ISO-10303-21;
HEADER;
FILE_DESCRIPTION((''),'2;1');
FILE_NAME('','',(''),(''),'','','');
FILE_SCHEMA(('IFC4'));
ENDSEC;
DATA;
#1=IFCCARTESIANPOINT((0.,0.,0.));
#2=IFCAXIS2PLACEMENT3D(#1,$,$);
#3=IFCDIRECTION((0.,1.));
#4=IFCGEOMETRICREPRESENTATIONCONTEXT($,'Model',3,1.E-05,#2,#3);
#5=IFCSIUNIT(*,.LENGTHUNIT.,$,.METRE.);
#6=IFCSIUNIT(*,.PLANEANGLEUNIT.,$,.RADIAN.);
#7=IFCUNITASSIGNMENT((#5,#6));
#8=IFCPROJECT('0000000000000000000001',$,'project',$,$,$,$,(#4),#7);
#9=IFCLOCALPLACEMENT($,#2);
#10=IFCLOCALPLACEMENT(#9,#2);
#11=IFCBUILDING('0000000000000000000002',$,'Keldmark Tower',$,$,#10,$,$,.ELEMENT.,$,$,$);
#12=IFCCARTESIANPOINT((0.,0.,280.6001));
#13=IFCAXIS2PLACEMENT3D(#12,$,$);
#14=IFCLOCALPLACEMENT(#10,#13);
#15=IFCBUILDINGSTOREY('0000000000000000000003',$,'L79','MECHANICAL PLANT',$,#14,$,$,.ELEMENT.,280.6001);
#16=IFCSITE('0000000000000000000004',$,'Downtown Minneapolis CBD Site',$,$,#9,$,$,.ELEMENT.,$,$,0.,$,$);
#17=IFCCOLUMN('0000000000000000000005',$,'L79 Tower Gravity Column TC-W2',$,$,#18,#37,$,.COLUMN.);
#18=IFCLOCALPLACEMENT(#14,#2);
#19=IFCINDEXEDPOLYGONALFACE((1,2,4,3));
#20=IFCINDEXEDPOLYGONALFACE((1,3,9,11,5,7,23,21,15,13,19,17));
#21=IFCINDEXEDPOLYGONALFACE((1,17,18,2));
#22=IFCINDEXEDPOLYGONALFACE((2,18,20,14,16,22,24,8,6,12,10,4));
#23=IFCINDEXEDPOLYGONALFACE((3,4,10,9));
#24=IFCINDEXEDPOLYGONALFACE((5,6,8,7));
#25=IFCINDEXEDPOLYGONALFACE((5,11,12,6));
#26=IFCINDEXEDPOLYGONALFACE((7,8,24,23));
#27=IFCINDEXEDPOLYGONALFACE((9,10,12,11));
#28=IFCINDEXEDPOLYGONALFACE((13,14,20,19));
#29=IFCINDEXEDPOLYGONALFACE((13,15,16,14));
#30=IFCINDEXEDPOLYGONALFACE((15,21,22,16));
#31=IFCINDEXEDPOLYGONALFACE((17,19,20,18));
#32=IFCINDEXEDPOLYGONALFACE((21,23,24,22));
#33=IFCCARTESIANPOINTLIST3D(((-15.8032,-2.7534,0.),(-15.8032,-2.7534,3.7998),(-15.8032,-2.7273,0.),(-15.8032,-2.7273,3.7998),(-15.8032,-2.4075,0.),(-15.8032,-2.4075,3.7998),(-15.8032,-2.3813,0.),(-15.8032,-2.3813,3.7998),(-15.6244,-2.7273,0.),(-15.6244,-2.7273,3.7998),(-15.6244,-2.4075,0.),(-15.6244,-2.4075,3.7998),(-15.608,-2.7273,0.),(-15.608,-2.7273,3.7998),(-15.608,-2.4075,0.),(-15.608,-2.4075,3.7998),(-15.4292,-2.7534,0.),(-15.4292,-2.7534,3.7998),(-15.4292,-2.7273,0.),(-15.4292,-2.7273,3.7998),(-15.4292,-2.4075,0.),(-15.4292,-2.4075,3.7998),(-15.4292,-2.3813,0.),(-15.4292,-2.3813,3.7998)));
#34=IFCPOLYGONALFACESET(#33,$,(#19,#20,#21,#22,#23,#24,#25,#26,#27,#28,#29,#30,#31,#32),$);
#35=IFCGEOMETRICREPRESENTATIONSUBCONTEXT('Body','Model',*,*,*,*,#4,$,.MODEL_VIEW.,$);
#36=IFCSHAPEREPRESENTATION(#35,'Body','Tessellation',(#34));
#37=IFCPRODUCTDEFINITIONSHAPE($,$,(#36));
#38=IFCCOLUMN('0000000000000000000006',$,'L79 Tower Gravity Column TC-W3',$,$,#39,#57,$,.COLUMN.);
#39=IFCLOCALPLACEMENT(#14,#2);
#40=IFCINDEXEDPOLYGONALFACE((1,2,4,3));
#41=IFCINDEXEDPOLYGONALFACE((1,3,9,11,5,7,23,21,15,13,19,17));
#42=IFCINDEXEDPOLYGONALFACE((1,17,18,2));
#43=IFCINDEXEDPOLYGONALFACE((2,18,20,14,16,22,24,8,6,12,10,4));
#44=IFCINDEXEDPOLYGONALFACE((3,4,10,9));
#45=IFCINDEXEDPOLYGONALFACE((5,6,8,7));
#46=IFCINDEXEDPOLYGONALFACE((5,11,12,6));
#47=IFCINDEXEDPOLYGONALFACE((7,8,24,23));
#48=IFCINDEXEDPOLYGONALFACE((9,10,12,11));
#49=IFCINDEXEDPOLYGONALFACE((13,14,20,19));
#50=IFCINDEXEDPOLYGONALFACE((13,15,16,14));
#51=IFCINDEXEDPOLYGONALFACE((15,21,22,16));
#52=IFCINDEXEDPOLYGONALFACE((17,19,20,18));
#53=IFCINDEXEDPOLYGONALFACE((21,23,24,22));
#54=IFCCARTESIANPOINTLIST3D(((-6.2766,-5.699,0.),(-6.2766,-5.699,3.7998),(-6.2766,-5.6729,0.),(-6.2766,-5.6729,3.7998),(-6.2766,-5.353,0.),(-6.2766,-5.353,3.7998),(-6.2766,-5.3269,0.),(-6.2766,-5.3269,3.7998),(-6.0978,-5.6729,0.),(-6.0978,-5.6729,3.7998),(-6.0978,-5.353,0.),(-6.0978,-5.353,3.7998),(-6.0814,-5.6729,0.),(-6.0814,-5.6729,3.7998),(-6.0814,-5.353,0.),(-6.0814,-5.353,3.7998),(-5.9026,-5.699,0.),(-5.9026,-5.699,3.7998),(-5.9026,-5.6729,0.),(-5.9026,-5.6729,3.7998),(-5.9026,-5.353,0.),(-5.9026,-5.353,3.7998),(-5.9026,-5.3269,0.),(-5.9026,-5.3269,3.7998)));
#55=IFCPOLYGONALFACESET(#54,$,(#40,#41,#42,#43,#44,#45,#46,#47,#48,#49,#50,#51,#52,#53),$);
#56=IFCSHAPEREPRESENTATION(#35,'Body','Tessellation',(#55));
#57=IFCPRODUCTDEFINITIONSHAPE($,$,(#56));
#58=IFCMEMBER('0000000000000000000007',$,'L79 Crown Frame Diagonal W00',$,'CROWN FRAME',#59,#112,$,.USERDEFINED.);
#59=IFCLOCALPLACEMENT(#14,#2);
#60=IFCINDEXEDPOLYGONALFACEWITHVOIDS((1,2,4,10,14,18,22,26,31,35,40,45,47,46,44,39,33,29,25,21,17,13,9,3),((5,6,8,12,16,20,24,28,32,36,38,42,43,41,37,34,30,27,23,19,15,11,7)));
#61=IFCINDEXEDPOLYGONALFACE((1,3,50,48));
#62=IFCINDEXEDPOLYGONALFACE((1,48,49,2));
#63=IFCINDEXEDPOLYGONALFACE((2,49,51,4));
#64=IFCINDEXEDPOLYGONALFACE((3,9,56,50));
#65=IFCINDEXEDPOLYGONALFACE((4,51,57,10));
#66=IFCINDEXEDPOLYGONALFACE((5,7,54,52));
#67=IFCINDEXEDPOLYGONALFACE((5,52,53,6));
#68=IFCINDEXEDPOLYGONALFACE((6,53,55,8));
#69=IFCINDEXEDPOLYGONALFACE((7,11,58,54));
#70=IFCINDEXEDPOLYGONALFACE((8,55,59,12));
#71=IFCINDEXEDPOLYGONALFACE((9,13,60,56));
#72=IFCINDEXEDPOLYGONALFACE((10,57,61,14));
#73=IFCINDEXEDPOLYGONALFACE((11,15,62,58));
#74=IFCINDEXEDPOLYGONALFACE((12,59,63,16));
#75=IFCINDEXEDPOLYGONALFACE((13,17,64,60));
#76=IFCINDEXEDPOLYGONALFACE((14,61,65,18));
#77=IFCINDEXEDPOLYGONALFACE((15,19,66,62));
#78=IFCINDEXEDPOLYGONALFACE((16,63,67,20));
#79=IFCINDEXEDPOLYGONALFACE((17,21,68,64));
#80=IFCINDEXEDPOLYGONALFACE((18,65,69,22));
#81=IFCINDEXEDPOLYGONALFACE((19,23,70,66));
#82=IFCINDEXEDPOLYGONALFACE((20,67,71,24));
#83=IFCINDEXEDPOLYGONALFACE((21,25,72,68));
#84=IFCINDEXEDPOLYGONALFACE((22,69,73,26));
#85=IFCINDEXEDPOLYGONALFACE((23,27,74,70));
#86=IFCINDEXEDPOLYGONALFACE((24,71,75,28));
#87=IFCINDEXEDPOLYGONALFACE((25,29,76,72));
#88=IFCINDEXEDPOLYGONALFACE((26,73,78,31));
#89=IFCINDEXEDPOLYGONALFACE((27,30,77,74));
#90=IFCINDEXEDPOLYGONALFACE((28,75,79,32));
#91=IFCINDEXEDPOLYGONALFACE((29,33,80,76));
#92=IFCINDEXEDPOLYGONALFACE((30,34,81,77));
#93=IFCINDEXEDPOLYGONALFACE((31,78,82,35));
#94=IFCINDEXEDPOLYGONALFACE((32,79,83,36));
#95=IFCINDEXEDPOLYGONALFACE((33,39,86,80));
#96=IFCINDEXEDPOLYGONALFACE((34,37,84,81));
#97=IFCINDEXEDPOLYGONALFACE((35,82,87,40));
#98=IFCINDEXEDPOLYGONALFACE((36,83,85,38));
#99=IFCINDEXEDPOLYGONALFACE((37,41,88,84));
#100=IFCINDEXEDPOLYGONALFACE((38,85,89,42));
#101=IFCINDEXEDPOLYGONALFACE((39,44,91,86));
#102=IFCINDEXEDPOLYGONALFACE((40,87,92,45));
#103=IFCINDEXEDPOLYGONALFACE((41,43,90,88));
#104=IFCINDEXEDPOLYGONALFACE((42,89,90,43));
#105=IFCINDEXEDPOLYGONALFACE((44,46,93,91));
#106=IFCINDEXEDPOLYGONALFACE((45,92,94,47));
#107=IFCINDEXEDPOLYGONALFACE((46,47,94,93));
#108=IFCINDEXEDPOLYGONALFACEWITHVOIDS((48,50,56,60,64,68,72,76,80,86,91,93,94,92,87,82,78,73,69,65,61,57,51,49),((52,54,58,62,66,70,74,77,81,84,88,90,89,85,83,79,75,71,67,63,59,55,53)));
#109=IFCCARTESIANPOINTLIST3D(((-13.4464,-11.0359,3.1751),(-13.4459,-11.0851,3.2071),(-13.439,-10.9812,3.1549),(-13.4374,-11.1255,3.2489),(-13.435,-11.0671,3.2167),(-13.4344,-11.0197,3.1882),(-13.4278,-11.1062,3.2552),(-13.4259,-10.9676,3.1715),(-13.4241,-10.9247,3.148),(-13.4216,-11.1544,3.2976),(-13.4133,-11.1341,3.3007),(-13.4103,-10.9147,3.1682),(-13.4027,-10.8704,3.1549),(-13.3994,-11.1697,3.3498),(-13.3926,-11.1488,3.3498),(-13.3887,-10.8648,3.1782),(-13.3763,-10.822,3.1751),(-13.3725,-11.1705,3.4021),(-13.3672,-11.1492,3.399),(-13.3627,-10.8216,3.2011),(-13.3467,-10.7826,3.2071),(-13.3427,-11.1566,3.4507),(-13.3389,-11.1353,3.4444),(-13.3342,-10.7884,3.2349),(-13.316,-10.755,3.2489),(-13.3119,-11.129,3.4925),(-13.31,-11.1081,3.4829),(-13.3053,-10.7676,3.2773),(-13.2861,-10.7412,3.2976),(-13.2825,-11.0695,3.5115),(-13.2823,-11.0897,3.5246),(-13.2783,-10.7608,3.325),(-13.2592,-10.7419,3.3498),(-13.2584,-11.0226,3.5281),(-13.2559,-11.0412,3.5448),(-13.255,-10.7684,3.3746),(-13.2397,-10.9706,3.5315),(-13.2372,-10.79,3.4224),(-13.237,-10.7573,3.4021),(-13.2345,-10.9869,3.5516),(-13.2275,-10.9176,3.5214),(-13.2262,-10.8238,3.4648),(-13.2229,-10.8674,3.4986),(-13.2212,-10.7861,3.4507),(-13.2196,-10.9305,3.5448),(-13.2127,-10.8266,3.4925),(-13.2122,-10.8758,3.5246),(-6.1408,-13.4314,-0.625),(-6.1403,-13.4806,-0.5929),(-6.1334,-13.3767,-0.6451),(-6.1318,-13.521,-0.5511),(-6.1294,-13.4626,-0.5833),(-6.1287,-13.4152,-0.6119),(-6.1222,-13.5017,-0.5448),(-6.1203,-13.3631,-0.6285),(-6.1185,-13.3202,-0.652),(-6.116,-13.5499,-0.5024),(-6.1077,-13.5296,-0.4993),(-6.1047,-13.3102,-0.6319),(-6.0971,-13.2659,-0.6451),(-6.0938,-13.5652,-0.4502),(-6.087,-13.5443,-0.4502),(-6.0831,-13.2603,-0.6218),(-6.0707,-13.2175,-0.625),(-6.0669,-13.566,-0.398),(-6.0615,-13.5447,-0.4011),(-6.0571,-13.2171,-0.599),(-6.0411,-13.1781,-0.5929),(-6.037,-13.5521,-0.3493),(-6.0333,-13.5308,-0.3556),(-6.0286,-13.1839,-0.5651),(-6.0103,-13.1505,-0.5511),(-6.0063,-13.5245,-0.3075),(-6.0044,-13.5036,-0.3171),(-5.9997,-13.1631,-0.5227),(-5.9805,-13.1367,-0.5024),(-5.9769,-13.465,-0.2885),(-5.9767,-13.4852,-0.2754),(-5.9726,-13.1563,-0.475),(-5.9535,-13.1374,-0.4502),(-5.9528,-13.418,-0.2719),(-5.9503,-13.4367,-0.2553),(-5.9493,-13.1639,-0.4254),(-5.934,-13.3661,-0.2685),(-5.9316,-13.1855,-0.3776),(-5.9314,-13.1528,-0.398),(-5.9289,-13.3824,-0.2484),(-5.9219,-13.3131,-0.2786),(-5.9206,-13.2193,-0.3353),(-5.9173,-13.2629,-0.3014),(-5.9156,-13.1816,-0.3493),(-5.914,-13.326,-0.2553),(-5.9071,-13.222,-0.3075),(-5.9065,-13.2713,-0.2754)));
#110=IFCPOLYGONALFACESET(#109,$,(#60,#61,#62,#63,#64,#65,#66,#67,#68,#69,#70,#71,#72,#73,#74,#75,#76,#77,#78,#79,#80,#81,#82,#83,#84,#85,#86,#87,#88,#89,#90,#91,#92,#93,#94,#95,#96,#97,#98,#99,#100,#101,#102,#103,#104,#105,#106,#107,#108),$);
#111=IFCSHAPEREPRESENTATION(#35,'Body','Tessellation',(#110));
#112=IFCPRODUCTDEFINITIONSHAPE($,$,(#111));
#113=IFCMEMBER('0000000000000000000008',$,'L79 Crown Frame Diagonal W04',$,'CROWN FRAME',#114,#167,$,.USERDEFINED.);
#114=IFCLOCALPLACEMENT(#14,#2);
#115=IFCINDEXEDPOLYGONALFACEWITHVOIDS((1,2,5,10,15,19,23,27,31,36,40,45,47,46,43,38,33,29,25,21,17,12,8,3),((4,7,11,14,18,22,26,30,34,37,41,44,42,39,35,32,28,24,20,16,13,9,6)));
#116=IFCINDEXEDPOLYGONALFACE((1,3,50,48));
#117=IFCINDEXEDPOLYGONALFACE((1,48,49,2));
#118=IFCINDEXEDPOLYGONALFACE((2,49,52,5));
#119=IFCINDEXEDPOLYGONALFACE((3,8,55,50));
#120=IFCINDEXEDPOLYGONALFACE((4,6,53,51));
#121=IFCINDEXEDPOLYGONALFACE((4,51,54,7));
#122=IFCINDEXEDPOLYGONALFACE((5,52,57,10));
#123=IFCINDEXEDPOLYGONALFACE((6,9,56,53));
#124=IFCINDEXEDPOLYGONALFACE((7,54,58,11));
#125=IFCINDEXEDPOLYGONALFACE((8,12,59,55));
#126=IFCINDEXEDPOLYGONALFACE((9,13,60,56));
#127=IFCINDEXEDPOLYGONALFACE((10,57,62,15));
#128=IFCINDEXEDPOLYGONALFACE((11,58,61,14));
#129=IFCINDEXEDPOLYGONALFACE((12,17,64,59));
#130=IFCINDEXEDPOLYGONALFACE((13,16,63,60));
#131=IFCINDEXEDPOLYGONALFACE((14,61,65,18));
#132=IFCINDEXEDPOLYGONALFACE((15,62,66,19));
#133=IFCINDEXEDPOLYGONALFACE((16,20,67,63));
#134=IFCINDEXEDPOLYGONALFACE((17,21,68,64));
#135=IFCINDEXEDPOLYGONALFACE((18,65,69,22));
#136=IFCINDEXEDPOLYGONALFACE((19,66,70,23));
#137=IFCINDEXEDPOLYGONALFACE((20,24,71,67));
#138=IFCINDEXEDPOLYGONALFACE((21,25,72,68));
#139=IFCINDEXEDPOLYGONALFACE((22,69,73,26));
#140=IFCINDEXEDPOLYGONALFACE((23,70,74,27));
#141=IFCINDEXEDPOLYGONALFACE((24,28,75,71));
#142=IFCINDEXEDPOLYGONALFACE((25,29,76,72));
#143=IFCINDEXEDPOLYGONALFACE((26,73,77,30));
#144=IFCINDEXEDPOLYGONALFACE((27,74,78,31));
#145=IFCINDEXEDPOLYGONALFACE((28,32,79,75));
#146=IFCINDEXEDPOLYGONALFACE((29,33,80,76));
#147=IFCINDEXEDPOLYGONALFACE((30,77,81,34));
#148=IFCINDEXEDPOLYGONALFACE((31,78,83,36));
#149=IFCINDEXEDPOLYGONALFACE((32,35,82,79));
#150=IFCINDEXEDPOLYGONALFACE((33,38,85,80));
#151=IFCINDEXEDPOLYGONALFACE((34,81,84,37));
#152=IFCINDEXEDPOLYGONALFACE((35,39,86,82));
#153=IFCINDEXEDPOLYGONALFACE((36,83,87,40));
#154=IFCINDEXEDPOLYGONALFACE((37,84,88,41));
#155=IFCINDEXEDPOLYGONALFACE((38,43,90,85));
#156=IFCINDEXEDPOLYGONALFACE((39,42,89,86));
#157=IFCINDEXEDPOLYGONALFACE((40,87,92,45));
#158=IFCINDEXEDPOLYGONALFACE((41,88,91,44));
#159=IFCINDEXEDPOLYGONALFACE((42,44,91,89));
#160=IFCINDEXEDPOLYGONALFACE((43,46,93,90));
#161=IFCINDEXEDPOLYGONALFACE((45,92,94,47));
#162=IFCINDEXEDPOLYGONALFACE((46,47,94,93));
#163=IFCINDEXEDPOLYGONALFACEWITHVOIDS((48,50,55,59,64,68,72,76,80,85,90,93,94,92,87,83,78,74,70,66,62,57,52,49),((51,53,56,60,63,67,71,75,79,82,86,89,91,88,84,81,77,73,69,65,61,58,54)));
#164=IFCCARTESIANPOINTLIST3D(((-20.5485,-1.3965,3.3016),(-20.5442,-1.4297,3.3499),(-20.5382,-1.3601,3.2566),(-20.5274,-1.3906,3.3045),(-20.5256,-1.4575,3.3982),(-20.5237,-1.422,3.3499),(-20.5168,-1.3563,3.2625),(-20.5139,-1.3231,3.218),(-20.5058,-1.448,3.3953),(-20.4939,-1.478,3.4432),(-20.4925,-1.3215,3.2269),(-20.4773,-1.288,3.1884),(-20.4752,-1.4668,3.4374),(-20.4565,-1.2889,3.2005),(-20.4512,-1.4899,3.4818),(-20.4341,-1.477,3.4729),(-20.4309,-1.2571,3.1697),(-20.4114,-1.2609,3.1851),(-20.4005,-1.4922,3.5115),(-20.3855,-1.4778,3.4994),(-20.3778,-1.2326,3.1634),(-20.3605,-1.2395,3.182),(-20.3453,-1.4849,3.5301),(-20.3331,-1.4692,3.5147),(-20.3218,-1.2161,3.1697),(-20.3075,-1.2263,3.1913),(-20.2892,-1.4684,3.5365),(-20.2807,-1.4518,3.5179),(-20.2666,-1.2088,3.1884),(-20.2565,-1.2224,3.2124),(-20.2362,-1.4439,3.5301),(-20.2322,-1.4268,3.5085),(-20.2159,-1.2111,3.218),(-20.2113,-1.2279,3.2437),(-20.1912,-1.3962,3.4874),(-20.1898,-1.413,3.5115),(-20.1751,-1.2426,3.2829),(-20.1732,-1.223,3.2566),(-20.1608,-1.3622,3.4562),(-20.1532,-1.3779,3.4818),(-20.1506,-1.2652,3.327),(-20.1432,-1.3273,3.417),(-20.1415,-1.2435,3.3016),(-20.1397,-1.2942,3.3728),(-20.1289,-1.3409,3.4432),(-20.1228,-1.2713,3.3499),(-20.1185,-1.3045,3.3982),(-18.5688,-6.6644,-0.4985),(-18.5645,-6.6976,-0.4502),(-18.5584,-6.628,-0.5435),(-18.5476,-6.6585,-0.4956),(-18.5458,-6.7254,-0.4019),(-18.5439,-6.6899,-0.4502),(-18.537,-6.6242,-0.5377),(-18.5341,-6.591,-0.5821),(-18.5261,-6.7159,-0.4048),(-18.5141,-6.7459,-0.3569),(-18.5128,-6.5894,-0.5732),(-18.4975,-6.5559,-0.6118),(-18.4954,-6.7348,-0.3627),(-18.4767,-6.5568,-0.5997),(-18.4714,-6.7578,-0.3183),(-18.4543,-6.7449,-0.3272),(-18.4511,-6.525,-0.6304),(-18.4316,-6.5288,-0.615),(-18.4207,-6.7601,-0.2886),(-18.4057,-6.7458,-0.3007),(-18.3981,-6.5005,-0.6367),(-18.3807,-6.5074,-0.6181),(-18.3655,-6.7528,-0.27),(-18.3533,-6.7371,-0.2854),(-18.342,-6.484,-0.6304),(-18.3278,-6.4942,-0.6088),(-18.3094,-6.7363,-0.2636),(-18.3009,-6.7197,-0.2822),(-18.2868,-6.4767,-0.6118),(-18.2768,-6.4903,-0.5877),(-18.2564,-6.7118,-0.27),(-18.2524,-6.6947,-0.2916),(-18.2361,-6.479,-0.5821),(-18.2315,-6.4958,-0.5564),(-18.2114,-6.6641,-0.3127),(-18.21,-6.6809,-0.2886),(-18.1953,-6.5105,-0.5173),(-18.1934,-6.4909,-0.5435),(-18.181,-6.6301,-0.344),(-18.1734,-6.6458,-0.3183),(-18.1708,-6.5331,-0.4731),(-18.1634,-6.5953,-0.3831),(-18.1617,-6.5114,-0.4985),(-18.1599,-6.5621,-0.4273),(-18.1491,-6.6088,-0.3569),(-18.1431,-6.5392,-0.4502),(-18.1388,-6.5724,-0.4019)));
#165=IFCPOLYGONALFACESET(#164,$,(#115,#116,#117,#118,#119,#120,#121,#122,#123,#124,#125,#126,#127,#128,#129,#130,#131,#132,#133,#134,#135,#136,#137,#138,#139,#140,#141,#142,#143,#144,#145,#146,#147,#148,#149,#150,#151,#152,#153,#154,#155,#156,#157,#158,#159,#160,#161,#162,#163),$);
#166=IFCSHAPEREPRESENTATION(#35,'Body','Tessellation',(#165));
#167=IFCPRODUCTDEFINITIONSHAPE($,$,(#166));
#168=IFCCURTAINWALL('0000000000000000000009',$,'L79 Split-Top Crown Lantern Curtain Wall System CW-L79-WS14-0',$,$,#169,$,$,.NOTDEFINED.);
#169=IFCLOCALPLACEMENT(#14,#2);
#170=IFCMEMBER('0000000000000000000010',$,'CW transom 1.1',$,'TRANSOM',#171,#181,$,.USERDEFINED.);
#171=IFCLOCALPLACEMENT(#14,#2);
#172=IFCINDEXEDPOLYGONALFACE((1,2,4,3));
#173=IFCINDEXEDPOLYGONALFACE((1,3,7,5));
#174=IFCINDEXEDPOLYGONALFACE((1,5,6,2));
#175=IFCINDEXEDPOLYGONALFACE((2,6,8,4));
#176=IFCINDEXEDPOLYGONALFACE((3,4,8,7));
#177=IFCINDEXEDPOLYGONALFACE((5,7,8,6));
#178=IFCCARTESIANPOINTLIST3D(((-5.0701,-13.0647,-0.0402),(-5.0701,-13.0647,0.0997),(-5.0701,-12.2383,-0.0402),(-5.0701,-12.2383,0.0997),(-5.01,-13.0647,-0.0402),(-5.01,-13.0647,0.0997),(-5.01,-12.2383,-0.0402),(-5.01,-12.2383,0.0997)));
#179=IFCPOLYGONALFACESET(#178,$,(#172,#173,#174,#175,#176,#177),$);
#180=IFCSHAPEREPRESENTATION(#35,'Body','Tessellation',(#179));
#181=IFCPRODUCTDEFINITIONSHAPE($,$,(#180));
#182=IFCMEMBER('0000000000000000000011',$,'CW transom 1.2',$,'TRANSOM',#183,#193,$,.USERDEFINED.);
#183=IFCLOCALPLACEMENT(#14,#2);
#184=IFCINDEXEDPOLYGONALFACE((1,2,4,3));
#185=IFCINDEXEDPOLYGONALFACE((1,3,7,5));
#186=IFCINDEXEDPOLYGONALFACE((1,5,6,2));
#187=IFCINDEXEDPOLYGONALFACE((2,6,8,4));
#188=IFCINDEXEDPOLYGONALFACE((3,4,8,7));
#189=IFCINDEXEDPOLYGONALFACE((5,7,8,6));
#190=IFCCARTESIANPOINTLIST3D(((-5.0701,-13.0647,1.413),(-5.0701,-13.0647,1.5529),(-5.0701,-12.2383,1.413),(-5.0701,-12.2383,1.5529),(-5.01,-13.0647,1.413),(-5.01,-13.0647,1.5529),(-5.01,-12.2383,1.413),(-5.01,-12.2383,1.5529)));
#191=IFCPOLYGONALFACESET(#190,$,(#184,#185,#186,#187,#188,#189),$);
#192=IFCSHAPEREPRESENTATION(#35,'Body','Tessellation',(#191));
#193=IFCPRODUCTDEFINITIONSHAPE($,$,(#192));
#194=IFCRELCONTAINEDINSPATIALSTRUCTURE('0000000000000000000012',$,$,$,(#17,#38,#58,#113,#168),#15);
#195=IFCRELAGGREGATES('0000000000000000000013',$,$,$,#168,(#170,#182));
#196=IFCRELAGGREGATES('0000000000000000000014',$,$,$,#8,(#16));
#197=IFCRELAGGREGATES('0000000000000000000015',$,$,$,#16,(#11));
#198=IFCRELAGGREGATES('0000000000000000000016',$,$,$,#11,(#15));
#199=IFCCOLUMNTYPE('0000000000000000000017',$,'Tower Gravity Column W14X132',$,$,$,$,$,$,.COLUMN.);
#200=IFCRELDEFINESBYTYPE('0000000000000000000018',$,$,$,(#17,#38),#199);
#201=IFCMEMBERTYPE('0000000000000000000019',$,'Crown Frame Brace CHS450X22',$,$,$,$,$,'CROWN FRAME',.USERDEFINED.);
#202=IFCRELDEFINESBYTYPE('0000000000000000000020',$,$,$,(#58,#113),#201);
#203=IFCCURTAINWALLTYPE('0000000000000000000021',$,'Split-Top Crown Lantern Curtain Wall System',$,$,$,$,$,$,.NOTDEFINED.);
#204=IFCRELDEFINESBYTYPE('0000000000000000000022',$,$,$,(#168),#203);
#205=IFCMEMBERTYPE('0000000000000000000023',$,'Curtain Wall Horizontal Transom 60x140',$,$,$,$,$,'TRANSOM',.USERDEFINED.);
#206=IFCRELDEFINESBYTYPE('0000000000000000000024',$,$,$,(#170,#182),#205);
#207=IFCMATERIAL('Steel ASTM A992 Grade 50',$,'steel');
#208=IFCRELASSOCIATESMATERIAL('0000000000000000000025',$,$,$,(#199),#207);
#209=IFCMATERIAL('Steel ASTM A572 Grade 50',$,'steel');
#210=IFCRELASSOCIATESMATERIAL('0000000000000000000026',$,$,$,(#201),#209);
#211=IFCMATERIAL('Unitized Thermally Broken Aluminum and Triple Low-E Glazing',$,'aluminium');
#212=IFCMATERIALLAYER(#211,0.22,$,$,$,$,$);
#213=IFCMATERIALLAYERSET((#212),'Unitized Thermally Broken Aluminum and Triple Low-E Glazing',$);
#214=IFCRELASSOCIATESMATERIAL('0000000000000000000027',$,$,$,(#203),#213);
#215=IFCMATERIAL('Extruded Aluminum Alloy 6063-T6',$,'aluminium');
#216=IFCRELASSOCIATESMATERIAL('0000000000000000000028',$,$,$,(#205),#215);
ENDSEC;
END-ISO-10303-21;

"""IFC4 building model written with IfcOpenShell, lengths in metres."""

from ifc_helpers import new_model, si_unit, direction, frame, origin, origin_2d, place, context, subcontext, project, spatial, rectangle, hollow_circle, i_section, extrude, material, layer, layer_set, material_profile, profile_set, type_object, element, aggregate, save


model = new_model("IFC4")

# Units and contexts
model_context = context("Model", 3, precision=1e-05, world=origin(), true_north=direction((0.0, 1.0)))
body_context = subcontext(model_context, "Body", "Model", "MODEL_VIEW")
ifc_project = project(units=[si_unit("LENGTHUNIT", "METRE"), si_unit("PLANEANGLEUNIT", "RADIAN")], contexts=[model_context])

# Site, building, storey
site_placement = place(None, origin())
site = spatial("IfcSite", under=ifc_project, at=site_placement, Name="Downtown Minneapolis CBD Site", CompositionType="ELEMENT", RefElevation=0.0)
building_placement = place(site_placement, origin())
building = spatial("IfcBuilding", under=site, at=building_placement, Name="Keldmark Tower", CompositionType="ELEMENT")
storey_placement = place(building_placement, frame((0.0, 0.0, 280.6001)))
storey = spatial("IfcBuildingStorey", under=building, at=storey_placement, Name="L79", Description="MECHANICAL PLANT", CompositionType="ELEMENT", Elevation=280.6001)

# Columns
ifc_material_1 = material(Name="Steel ASTM A992 Grade 50", Category="steel")
ifc_material_profile_1 = material_profile(ifc_material_1, i_section(OverallWidth=0.374, OverallDepth=0.3721, WebThickness=0.0164, FlangeThickness=0.0261, at=origin_2d()), Name="W14X132")
ifc_profile_set_1 = profile_set([ifc_material_profile_1], Name="Steel ASTM A992 Grade 50")
column_type = type_object("IfcColumnType", Name="Tower Gravity Column W14X132", PredefinedType="COLUMN", material=ifc_profile_set_1)
for number, where, z_axis, x_axis, name in (
    (1, (-15.6162, -2.5674, 0.0), (0.0, 0.0, 1.0), (1.0, 0.0, 0.0), "L79 Tower Gravity Column TC-W2"),
    (2, (-6.0896, -5.5129, 0.0), (0.0, 0.0, 1.0), (1.0, 0.0, 0.0), "L79 Tower Gravity Column TC-W3"),
):
    element("IfcColumn", number, at=place(storey_placement, frame(where, z_axis=z_axis, x_axis=x_axis)), inside=storey, type_object=column_type, Name=name, PredefinedType="COLUMN", context=body_context, shape_type="SweptSolid", body=[
        extrude(i_section(OverallWidth=0.374, OverallDepth=0.3721, WebThickness=0.0164, FlangeThickness=0.0261, at=origin_2d()), origin(), (0.0, 0.0, 1.0), 3.7998),
    ])

# Members
ifc_material_2 = material(Name="Steel ASTM A572 Grade 50", Category="steel")
ifc_material_profile_2 = material_profile(ifc_material_2, hollow_circle(Radius=0.2251, WallThickness=0.022, at=origin_2d()), Name="CHS450X22")
ifc_profile_set_2 = profile_set([ifc_material_profile_2], Name="Steel ASTM A572 Grade 50")
member_type_1 = type_object("IfcMemberType", Name="Crown Frame Brace CHS450X22", ElementType="CROWN FRAME", PredefinedType="USERDEFINED", material=ifc_profile_set_2)
member_1_placement = place(storey_placement, frame((-6.0237, -13.3513, -0.4502), z_axis=(-0.851851, 0.27932, 0.443091), x_axis=(-0.311575, -0.950222, 0.0)))
element("IfcMember", 3, at=member_1_placement, inside=storey, type_object=member_type_1, Name="L79 Crown Frame Diagonal W00", ObjectType="CROWN FRAME", PredefinedType="USERDEFINED", context=body_context, shape_type="SweptSolid", body=[
    extrude(hollow_circle(Radius=0.2251, WallThickness=0.022, at=origin_2d()), origin(), (0.0, 0.0, 1.0), 8.5762),
])
member_2_placement = place(storey_placement, frame((-18.3538, -6.6184, -0.4502), z_axis=(-0.291549, 0.775774, 0.55962), x_axis=(-0.936078, -0.351794, 0.0)))
element("IfcMember", 4, at=member_2_placement, inside=storey, type_object=member_type_1, Name="L79 Crown Frame Diagonal W04", ObjectType="CROWN FRAME", PredefinedType="USERDEFINED", context=body_context, shape_type="SweptSolid", body=[
    extrude(hollow_circle(Radius=0.2251, WallThickness=0.022, at=origin_2d()), origin(), (0.0, 0.0, 1.0), 6.7905),
])

# Curtain wall, members
ifc_material_3 = material(Name="Unitized Thermally Broken Aluminum and Triple Low-E Glazing", Category="aluminium")
ifc_layer_1 = layer(ifc_material_3, 0.22)
ifc_layer_set_1 = layer_set([ifc_layer_1], Name="Unitized Thermally Broken Aluminum and Triple Low-E Glazing")
curtain_wall_type = type_object("IfcCurtainWallType", Name="Split-Top Crown Lantern Curtain Wall System", PredefinedType="NOTDEFINED", material=ifc_layer_set_1)
curtain_wall_placement = place(storey_placement, origin())
curtain_wall = element("IfcCurtainWall", 5, at=curtain_wall_placement, inside=storey, type_object=curtain_wall_type, Name="L79 Split-Top Crown Lantern Curtain Wall System CW-L79-WS14-0", PredefinedType="NOTDEFINED")
ifc_material_4 = material(Name="Extruded Aluminum Alloy 6063-T6", Category="aluminium")
ifc_material_profile_3 = material_profile(ifc_material_4, rectangle(XDim=0.0601, YDim=0.1399, at=origin_2d()), Name="CWT60X140")
ifc_profile_set_3 = profile_set([ifc_material_profile_3], Name="Extruded Aluminum Alloy 6063-T6")
member_type_2 = type_object("IfcMemberType", Name="Curtain Wall Horizontal Transom 60x140", ElementType="TRANSOM", PredefinedType="USERDEFINED", material=ifc_profile_set_3)
member_3_placement = place(storey_placement, frame((-5.04, -13.0647, 0.0298), z_axis=(0.0, 1.0, 0.0), x_axis=(-1.0, 0.0, 0.0)))
member_3 = element("IfcMember", 6, at=member_3_placement, type_object=member_type_2, Name="CW transom 1.1", ObjectType="TRANSOM", PredefinedType="USERDEFINED", context=body_context, shape_type="SweptSolid", body=[
    extrude(rectangle(XDim=0.0601, YDim=0.1399, at=origin_2d()), origin(), (0.0, 0.0, 1.0), 0.8264),
])
member_4_placement = place(storey_placement, frame((-5.04, -13.0647, 1.4829), z_axis=(0.0, 1.0, 0.0), x_axis=(-1.0, 0.0, 0.0)))
member_4 = element("IfcMember", 7, at=member_4_placement, type_object=member_type_2, Name="CW transom 1.2", ObjectType="TRANSOM", PredefinedType="USERDEFINED", context=body_context, shape_type="SweptSolid", body=[
    extrude(rectangle(XDim=0.0601, YDim=0.1399, at=origin_2d()), origin(), (0.0, 0.0, 1.0), 0.8264),
])

aggregate(curtain_wall, [member_3, member_4])

save(model, "model.ifc")
